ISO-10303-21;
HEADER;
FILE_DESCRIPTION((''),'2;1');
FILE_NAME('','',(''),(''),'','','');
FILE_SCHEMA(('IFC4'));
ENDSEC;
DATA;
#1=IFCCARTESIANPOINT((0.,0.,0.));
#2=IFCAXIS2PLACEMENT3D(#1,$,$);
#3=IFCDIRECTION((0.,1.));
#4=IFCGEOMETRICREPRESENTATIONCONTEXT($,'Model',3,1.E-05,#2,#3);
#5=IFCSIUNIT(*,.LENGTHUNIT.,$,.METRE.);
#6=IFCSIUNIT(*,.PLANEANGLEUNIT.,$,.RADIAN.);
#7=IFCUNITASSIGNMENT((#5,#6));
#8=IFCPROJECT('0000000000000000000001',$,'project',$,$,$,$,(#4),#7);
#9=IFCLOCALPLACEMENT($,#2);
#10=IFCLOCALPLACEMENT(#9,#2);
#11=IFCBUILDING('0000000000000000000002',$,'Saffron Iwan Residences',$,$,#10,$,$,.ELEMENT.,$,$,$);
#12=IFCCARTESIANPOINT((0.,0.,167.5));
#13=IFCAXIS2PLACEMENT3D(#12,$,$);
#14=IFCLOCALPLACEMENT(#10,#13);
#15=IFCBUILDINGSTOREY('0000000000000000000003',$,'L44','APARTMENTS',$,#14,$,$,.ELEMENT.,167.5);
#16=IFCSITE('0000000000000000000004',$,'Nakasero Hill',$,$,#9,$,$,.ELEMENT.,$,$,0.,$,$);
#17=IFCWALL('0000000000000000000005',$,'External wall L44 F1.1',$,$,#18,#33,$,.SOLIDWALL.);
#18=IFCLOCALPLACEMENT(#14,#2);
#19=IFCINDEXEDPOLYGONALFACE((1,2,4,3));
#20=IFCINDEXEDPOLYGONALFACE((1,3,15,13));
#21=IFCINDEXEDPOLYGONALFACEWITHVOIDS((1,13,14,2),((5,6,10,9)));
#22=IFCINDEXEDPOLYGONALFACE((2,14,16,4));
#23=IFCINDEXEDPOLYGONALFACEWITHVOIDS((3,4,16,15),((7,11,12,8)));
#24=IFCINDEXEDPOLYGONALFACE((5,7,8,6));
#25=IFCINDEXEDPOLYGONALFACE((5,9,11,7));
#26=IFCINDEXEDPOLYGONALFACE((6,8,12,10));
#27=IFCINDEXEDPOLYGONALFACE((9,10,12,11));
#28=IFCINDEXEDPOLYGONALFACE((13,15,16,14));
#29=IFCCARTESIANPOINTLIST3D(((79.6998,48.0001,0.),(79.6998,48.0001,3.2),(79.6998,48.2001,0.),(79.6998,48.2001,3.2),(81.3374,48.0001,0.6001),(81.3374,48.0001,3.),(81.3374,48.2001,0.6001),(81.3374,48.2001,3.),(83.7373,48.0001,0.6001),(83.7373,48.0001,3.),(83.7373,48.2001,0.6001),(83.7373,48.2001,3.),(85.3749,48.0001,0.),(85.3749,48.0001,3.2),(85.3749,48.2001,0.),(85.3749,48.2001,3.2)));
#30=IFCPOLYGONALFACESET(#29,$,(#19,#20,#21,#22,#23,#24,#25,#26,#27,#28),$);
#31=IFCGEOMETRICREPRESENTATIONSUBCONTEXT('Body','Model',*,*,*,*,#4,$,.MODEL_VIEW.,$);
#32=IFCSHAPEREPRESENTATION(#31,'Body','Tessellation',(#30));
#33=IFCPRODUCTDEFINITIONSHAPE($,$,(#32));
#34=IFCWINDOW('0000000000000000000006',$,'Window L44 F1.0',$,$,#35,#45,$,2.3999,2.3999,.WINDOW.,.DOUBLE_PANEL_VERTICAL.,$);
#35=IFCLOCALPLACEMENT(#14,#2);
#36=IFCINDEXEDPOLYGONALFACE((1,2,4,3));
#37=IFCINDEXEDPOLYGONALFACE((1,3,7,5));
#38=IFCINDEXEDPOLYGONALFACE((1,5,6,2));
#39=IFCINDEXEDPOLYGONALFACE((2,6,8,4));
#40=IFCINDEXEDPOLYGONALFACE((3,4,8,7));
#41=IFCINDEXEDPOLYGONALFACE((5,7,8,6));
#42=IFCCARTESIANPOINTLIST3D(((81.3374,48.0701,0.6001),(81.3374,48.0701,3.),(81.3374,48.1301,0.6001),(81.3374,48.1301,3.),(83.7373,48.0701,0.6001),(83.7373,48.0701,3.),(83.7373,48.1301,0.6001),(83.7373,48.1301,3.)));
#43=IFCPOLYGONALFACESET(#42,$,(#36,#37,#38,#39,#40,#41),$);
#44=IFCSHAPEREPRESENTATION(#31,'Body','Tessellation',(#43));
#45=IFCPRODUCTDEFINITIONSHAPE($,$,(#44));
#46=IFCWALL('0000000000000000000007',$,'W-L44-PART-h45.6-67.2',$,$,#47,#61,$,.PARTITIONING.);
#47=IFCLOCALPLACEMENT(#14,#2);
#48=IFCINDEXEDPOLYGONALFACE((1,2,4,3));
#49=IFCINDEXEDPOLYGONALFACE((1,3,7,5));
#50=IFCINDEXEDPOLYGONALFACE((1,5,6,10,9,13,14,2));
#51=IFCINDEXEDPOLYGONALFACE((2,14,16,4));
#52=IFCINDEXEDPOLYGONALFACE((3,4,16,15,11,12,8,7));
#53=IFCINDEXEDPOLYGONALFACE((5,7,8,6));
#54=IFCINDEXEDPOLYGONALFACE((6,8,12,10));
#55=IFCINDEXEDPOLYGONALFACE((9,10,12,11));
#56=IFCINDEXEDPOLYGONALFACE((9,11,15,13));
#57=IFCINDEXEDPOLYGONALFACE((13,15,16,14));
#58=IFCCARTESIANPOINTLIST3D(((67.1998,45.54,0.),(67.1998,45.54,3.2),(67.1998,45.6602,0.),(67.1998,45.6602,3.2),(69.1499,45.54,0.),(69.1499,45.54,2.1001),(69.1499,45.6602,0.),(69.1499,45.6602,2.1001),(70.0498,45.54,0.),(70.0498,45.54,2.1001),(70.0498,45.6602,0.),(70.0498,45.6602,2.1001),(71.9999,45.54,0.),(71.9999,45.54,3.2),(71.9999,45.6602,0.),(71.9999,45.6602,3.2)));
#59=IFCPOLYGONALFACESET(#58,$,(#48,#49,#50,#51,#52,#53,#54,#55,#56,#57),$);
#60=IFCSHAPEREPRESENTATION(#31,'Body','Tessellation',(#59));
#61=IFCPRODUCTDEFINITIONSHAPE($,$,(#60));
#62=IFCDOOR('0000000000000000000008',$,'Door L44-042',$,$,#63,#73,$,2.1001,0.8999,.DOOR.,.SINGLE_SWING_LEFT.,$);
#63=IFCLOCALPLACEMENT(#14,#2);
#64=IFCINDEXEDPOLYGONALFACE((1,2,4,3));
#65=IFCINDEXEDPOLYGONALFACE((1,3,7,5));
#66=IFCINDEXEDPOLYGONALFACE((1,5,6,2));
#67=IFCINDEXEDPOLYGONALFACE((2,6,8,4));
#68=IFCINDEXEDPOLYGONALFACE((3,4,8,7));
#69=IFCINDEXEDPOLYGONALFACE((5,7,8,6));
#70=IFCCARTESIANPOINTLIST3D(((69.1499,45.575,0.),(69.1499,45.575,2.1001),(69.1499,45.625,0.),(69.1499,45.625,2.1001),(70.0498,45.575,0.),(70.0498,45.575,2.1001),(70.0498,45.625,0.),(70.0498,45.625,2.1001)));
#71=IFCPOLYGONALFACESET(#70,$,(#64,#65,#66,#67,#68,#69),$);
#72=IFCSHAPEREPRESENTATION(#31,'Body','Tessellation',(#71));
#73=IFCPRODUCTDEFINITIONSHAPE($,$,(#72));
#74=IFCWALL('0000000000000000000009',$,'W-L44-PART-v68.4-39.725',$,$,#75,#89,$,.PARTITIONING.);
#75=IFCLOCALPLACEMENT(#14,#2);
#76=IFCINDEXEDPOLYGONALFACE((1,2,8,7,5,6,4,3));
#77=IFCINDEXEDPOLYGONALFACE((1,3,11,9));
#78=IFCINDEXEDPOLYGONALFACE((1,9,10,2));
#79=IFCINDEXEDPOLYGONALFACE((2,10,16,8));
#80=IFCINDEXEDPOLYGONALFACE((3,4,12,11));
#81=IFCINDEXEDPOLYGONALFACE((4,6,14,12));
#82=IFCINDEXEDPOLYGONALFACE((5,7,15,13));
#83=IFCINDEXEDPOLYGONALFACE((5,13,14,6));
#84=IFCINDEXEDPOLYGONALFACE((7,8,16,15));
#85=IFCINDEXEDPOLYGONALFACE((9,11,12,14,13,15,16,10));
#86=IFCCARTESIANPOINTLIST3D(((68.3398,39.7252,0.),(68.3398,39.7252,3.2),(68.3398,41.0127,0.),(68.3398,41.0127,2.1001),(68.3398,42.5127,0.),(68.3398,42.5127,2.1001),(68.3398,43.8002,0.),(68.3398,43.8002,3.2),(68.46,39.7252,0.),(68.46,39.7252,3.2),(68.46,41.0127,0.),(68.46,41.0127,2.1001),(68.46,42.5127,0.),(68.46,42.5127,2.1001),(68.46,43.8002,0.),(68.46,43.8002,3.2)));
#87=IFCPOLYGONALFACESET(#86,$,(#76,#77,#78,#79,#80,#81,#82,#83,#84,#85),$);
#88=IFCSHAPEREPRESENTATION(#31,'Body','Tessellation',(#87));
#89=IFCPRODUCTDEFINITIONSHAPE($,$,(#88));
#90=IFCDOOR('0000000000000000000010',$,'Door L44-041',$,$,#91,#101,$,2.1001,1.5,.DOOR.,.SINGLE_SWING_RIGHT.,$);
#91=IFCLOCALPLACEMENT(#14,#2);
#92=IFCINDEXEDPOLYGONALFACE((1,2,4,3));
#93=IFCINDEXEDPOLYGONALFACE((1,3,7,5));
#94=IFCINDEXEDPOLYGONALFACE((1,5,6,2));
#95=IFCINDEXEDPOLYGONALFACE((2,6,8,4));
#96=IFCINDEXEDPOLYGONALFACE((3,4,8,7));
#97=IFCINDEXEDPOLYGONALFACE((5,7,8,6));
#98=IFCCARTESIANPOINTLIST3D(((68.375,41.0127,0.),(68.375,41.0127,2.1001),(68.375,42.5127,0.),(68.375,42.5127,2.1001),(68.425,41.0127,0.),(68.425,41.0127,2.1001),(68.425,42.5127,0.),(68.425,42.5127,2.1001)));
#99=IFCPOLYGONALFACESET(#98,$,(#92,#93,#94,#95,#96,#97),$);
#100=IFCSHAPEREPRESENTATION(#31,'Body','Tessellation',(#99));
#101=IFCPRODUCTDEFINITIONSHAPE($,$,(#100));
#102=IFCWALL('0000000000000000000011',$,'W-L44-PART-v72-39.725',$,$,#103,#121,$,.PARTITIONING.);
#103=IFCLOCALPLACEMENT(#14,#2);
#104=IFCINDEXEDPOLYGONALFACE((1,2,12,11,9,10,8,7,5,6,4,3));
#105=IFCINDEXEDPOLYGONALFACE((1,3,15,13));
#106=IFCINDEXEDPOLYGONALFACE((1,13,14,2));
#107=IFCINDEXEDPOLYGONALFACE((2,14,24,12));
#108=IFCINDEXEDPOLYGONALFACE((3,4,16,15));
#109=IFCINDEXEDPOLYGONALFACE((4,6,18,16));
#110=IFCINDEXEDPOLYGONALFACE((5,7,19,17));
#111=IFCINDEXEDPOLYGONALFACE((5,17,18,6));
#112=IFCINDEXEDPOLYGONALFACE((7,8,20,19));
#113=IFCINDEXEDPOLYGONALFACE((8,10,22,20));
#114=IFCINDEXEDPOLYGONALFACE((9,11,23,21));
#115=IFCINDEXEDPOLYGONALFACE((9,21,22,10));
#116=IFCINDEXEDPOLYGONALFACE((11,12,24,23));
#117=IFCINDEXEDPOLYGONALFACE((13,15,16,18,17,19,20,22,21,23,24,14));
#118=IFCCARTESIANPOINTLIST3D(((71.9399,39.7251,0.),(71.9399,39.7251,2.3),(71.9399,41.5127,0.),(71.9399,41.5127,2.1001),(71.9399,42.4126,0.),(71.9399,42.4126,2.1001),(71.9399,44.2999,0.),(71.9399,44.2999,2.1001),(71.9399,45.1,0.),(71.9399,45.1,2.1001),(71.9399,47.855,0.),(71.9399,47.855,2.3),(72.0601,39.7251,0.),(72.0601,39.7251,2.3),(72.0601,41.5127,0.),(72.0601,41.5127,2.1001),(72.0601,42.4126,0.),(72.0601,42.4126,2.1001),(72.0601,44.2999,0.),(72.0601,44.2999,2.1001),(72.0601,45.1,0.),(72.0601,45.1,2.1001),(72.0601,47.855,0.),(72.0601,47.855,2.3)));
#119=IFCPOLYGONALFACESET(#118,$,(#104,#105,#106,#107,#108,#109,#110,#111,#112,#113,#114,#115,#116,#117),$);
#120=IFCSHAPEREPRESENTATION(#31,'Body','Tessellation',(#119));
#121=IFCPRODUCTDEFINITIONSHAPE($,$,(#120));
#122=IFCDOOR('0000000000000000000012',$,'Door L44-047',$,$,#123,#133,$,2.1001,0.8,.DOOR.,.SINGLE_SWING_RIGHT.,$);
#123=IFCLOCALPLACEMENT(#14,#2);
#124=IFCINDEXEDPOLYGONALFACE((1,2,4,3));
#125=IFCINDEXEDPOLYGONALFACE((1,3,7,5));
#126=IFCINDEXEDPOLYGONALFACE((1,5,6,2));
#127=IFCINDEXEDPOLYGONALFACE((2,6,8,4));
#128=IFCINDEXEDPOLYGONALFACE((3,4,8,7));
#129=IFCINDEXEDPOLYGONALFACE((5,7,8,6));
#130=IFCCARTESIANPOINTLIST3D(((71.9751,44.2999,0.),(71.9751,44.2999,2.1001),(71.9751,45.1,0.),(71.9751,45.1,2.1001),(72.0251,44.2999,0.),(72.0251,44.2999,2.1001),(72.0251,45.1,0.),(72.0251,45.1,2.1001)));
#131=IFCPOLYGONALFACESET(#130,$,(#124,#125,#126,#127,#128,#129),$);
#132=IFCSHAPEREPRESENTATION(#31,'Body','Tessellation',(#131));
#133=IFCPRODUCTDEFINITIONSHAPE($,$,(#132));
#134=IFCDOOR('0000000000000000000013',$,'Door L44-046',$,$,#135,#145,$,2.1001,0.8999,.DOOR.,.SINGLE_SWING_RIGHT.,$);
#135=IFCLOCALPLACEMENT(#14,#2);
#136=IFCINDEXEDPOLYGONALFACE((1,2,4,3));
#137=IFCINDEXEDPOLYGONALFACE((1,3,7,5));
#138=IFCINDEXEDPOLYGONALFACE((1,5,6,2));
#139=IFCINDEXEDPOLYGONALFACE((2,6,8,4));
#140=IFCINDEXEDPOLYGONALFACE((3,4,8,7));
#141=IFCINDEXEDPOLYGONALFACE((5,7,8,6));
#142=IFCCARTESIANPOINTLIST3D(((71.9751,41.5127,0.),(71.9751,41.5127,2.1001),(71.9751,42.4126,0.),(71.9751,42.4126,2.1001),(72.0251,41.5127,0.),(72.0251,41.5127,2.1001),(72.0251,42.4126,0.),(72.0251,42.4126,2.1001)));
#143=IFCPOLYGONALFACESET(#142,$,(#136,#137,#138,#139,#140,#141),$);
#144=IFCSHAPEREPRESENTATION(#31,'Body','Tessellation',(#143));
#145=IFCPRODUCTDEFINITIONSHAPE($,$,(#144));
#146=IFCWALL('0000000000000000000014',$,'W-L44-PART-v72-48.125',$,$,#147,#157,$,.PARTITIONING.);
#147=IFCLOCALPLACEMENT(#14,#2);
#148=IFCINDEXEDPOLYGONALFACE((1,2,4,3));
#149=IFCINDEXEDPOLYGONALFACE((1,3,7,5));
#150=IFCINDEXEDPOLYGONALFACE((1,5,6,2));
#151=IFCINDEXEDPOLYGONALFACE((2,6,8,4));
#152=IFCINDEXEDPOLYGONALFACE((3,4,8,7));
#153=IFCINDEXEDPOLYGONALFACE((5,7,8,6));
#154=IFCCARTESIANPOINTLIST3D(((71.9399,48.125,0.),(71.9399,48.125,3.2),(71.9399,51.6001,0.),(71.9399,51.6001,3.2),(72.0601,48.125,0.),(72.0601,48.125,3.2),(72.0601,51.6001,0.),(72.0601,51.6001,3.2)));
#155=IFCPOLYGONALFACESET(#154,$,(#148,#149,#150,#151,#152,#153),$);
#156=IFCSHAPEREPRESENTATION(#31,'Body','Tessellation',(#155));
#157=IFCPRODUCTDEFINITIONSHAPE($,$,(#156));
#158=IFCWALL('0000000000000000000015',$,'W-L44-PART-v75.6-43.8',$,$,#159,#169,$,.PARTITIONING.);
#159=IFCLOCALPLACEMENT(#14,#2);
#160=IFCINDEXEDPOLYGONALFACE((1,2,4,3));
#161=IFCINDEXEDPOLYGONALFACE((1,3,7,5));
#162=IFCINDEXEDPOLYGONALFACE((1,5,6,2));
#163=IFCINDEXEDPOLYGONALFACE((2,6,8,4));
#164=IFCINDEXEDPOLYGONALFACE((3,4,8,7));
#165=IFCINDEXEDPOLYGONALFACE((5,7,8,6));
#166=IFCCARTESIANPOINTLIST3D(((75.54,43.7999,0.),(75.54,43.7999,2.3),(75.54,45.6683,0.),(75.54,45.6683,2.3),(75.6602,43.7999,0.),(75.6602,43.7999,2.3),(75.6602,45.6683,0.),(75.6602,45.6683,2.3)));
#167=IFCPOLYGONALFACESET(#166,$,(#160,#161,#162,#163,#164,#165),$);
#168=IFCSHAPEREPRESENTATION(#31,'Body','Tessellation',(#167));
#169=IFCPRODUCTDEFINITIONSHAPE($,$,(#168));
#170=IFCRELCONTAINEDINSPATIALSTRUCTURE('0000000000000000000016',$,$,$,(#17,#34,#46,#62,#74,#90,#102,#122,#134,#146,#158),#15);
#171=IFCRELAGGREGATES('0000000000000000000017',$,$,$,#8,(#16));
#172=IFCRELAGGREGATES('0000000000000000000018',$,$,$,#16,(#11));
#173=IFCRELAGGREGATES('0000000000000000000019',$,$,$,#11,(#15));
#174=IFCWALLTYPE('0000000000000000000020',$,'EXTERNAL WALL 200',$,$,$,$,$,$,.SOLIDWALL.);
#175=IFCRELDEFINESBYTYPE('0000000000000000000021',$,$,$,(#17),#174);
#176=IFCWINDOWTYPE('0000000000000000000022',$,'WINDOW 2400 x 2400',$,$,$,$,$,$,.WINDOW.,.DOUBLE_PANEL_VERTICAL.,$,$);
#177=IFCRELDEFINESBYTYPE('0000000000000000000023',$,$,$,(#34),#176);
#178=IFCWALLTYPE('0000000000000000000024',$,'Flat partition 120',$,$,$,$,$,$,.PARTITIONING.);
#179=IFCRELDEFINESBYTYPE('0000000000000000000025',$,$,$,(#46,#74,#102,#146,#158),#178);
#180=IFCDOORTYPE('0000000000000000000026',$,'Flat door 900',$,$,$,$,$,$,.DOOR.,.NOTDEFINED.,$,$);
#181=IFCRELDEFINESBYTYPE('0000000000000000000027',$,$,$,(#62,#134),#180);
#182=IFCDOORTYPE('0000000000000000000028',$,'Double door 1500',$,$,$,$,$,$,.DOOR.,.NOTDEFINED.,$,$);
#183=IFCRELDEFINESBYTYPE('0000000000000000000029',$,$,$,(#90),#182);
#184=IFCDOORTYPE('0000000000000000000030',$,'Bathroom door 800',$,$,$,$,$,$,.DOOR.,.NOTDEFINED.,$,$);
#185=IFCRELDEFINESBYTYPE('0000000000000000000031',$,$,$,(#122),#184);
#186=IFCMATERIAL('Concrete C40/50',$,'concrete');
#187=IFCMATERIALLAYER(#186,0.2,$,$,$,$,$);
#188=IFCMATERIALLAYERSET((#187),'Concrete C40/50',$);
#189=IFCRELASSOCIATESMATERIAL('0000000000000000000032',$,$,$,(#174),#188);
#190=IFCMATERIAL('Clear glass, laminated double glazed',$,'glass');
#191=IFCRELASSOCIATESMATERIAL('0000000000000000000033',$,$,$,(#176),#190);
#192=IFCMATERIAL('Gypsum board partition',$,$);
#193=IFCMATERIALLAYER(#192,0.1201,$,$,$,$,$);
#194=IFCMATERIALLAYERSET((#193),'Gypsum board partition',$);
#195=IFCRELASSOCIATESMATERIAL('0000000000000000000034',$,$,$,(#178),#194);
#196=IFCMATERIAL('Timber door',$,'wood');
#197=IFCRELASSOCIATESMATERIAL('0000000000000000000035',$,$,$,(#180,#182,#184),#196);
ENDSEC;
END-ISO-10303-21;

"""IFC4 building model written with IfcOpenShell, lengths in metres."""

from ifc_helpers import new_model, si_unit, direction, frame, frame_2d, origin, place, context, subcontext, project, spatial, rectangle, extrude, material, layer, layer_set, type_object, element, fill, save


model = new_model("IFC4")

# Units and contexts
model_context = context("Model", 3, precision=1e-05, world=origin(), true_north=direction((0.0, 1.0)))
body_context = subcontext(model_context, "Body", "Model", "MODEL_VIEW")
ifc_project = project(units=[si_unit("LENGTHUNIT", "METRE"), si_unit("PLANEANGLEUNIT", "RADIAN")], contexts=[model_context])

# Site, building, storey
site_placement = place(None, origin())
site = spatial("IfcSite", under=ifc_project, at=site_placement, Name="Nakasero Hill", CompositionType="ELEMENT", RefElevation=0.0)
building_placement = place(site_placement, origin())
building = spatial("IfcBuilding", under=site, at=building_placement, Name="Saffron Iwan Residences", CompositionType="ELEMENT")
storey_placement = place(building_placement, frame((0.0, 0.0, 167.5)))
storey = spatial("IfcBuildingStorey", under=building, at=storey_placement, Name="L44", Description="APARTMENTS", CompositionType="ELEMENT", Elevation=167.5)

# Shared definitions
ifc_material_1 = material(Name="Concrete C40/50", Category="concrete")
ifc_layer_1 = layer(ifc_material_1, 0.2)
ifc_layer_set_1 = layer_set([ifc_layer_1], Name="Concrete C40/50")
wall_type_1 = type_object("IfcWallType", Name="EXTERNAL WALL 200", PredefinedType="SOLIDWALL", material=ifc_layer_set_1)
ifc_material_2 = material(Name="Clear glass, laminated double glazed", Category="glass")

# Wall, opening, window
wall_1_placement = place(storey_placement, frame((79.7, 48.1001, 0.0), z_axis=(0.0, 0.0, 1.0), x_axis=(1.0, 0.0, 0.0)))
wall_1 = element("IfcWall", 1, at=wall_1_placement, inside=storey, type_object=wall_type_1, Name="External wall L44 F1.1", PredefinedType="SOLIDWALL", context=body_context, shape_type="SweptSolid", body=[
    extrude(rectangle(XDim=5.675, YDim=0.2, at=frame_2d((2.8374, 0.0))), origin(), (0.0, 0.0, 1.0), 3.2),
])
opening_1_placement = place(wall_1_placement, frame((1.6375, 0.0, 0.6001)))
opening_1 = element("IfcOpeningElement", 2, at=opening_1_placement, cuts=wall_1, PredefinedType="OPENING", context=body_context, shape_type="SweptSolid", body=[
    extrude(rectangle(XDim=2.3999, YDim=2.3999, at=frame_2d((1.2, 1.2))), frame((0.0, 0.1099, 0.0), z_axis=(0.0, -1.0, 0.0), x_axis=(1.0, 0.0, 0.0)), (0.0, 0.0, 1.0), 0.22),
])
window_type_1 = type_object("IfcWindowType", Name="WINDOW 2400 x 2400", PartitioningType="DOUBLE_PANEL_VERTICAL", PredefinedType="WINDOW", material=ifc_material_2)
window_1_placement = place(opening_1_placement, origin())
window_1 = element("IfcWindow", 3, at=window_1_placement, inside=storey, type_object=window_type_1, Name="Window L44 F1.0", OverallHeight=2.3999, OverallWidth=2.3999, PartitioningType="DOUBLE_PANEL_VERTICAL", PredefinedType="WINDOW", context=body_context, shape_type="SweptSolid", body=[
    extrude(rectangle(XDim=2.3999, YDim=2.3999, at=frame_2d((1.2, 1.2))), frame((0.0, 0.03, 0.0), z_axis=(0.0, -1.0, 0.0), x_axis=(1.0, 0.0, 0.0)), (0.0, 0.0, 1.0), 0.0601),
])
fill(opening_1, window_1)

# Walls, openings, doors
ifc_material_3 = material(Name="Gypsum board partition")
ifc_layer_2 = layer(ifc_material_3, 0.1201)
ifc_layer_set_2 = layer_set([ifc_layer_2], Name="Gypsum board partition")
wall_type_2 = type_object("IfcWallType", Name="Flat partition 120", PredefinedType="PARTITIONING", material=ifc_layer_set_2)
wall_2_placement = place(storey_placement, frame((67.2, 45.6001, 0.0), z_axis=(0.0, 0.0, 1.0), x_axis=(1.0, 0.0, 0.0)))
wall_2 = element("IfcWall", 4, at=wall_2_placement, inside=storey, type_object=wall_type_2, Name="W-L44-PART-h45.6-67.2", PredefinedType="PARTITIONING", context=body_context, shape_type="SweptSolid", body=[
    extrude(rectangle(XDim=4.8, YDim=0.1201, at=frame_2d((2.3999, 0.0))), origin(), (0.0, 0.0, 1.0), 3.2),
])
opening_2_placement = place(wall_2_placement, frame((1.95, 0.0, 0.0)))
opening_2 = element("IfcOpeningElement", 5, at=opening_2_placement, cuts=wall_2, PredefinedType="OPENING", context=body_context, shape_type="SweptSolid", body=[
    extrude(rectangle(XDim=0.8999, YDim=2.1001, at=frame_2d((0.45, 1.05))), frame((0.0, 0.0701, 0.0), z_axis=(0.0, -1.0, 0.0), x_axis=(1.0, 0.0, 0.0)), (0.0, 0.0, 1.0), 0.1401),
])
ifc_material_4 = material(Name="Timber door", Category="wood")
door_type_1 = type_object("IfcDoorType", Name="Flat door 900", OperationType="NOTDEFINED", PredefinedType="DOOR", material=ifc_material_4)
door_1_placement = place(opening_2_placement, origin())
door_1 = element("IfcDoor", 6, at=door_1_placement, inside=storey, type_object=door_type_1, Name="Door L44-042", OperationType="SINGLE_SWING_LEFT", OverallHeight=2.1001, OverallWidth=0.8999, PredefinedType="DOOR", context=body_context, shape_type="SweptSolid", body=[
    extrude(rectangle(XDim=0.8999, YDim=2.1001, at=frame_2d((0.45, 1.05))), frame((0.0, 0.0249, 0.0), z_axis=(0.0, -1.0, 0.0), x_axis=(1.0, 0.0, 0.0)), (0.0, 0.0, 1.0), 0.05),
])
fill(opening_2, door_1)
wall_3_placement = place(storey_placement, frame((68.3999, 39.7251, 0.0), z_axis=(0.0, 0.0, 1.0), x_axis=(0.0, 1.0, 0.0)))
wall_3 = element("IfcWall", 7, at=wall_3_placement, inside=storey, type_object=wall_type_2, Name="W-L44-PART-v68.4-39.725", PredefinedType="PARTITIONING", context=body_context, shape_type="SweptSolid", body=[
    extrude(rectangle(XDim=4.075, YDim=0.1201, at=frame_2d((2.0376, 0.0))), origin(), (0.0, 0.0, 1.0), 3.2),
])
opening_3_placement = place(wall_3_placement, frame((1.2876, 0.0, 0.0)))
opening_3 = element("IfcOpeningElement", 8, at=opening_3_placement, cuts=wall_3, PredefinedType="OPENING", context=body_context, shape_type="SweptSolid", body=[
    extrude(rectangle(XDim=1.5, YDim=2.1001, at=frame_2d((0.75, 1.05))), frame((0.0, 0.0701, 0.0), z_axis=(0.0, -1.0, 0.0), x_axis=(1.0, 0.0, 0.0)), (0.0, 0.0, 1.0), 0.1401),
])
door_type_2 = type_object("IfcDoorType", Name="Double door 1500", OperationType="NOTDEFINED", PredefinedType="DOOR", material=ifc_material_4)
door_2_placement = place(opening_3_placement, origin())
door_2 = element("IfcDoor", 9, at=door_2_placement, inside=storey, type_object=door_type_2, Name="Door L44-041", OperationType="SINGLE_SWING_RIGHT", OverallHeight=2.1001, OverallWidth=1.5, PredefinedType="DOOR", context=body_context, shape_type="SweptSolid", body=[
    extrude(rectangle(XDim=1.5, YDim=2.1001, at=frame_2d((0.75, 1.05))), frame((0.0, 0.0249, 0.0), z_axis=(0.0, -1.0, 0.0), x_axis=(1.0, 0.0, 0.0)), (0.0, 0.0, 1.0), 0.05),
])
fill(opening_3, door_2)

# Wall, openings, doors
wall_4_placement = place(storey_placement, frame((72.0, 39.7251, 0.0), z_axis=(0.0, 0.0, 1.0), x_axis=(0.0, 1.0, 0.0)))
wall_4 = element("IfcWall", 10, at=wall_4_placement, inside=storey, type_object=wall_type_2, Name="W-L44-PART-v72-39.725", PredefinedType="PARTITIONING", context=body_context, shape_type="SweptSolid", body=[
    extrude(rectangle(XDim=8.1299, YDim=0.1201, at=frame_2d((4.0649, 0.0))), origin(), (0.0, 0.0, 1.0), 2.3),
])
opening_4_placement = place(wall_4_placement, frame((1.7876, 0.0, 0.0)))
opening_4 = element("IfcOpeningElement", 11, at=opening_4_placement, cuts=wall_4, PredefinedType="OPENING", context=body_context, shape_type="SweptSolid", body=[
    extrude(rectangle(XDim=0.8999, YDim=2.1001, at=frame_2d((0.45, 1.05))), frame((0.0, 0.0701, 0.0), z_axis=(0.0, -1.0, 0.0), x_axis=(1.0, 0.0, 0.0)), (0.0, 0.0, 1.0), 0.1401),
])
opening_5_placement = place(wall_4_placement, frame((4.575, 0.0, 0.0)))
opening_5 = element("IfcOpeningElement", 12, at=opening_5_placement, cuts=wall_4, PredefinedType="OPENING", context=body_context, shape_type="SweptSolid", body=[
    extrude(rectangle(XDim=0.8, YDim=2.1001, at=frame_2d((0.3999, 1.05))), frame((0.0, 0.0701, 0.0), z_axis=(0.0, -1.0, 0.0), x_axis=(1.0, 0.0, 0.0)), (0.0, 0.0, 1.0), 0.1401),
])
door_type_3 = type_object("IfcDoorType", Name="Bathroom door 800", OperationType="NOTDEFINED", PredefinedType="DOOR", material=ifc_material_4)
door_3_placement = place(opening_5_placement, origin())
door_3 = element("IfcDoor", 13, at=door_3_placement, inside=storey, type_object=door_type_3, Name="Door L44-047", OperationType="SINGLE_SWING_RIGHT", OverallHeight=2.1001, OverallWidth=0.8, PredefinedType="DOOR", context=body_context, shape_type="SweptSolid", body=[
    extrude(rectangle(XDim=0.8, YDim=2.1001, at=frame_2d((0.3999, 1.05))), frame((0.0, 0.0249, 0.0), z_axis=(0.0, -1.0, 0.0), x_axis=(1.0, 0.0, 0.0)), (0.0, 0.0, 1.0), 0.05),
])
fill(opening_5, door_3)
door_4_placement = place(opening_4_placement, origin())
door_4 = element("IfcDoor", 14, at=door_4_placement, inside=storey, type_object=door_type_1, Name="Door L44-046", OperationType="SINGLE_SWING_RIGHT", OverallHeight=2.1001, OverallWidth=0.8999, PredefinedType="DOOR", context=body_context, shape_type="SweptSolid", body=[
    extrude(rectangle(XDim=0.8999, YDim=2.1001, at=frame_2d((0.45, 1.05))), frame((0.0, 0.0249, 0.0), z_axis=(0.0, -1.0, 0.0), x_axis=(1.0, 0.0, 0.0)), (0.0, 0.0, 1.0), 0.05),
])
fill(opening_4, door_4)

# Walls
wall_5_placement = place(storey_placement, frame((72.0, 48.125, 0.0), z_axis=(0.0, 0.0, 1.0), x_axis=(0.0, 1.0, 0.0)))
element("IfcWall", 15, at=wall_5_placement, inside=storey, type_object=wall_type_2, Name="W-L44-PART-v72-48.125", PredefinedType="PARTITIONING", context=body_context, shape_type="SweptSolid", body=[
    extrude(rectangle(XDim=3.4751, YDim=0.1201, at=frame_2d((1.7375, 0.0))), origin(), (0.0, 0.0, 1.0), 3.2),
])
wall_6_placement = place(storey_placement, frame((75.6001, 43.8, 0.0), z_axis=(0.0, 0.0, 1.0), x_axis=(0.0, 1.0, 0.0)))
element("IfcWall", 16, at=wall_6_placement, inside=storey, type_object=wall_type_2, Name="W-L44-PART-v75.6-43.8", PredefinedType="PARTITIONING", context=body_context, shape_type="SweptSolid", body=[
    extrude(rectangle(XDim=1.8684, YDim=0.1201, at=frame_2d((0.9341, 0.0))), origin(), (0.0, 0.0, 1.0), 2.3),
])

save(model, "model.ifc")
